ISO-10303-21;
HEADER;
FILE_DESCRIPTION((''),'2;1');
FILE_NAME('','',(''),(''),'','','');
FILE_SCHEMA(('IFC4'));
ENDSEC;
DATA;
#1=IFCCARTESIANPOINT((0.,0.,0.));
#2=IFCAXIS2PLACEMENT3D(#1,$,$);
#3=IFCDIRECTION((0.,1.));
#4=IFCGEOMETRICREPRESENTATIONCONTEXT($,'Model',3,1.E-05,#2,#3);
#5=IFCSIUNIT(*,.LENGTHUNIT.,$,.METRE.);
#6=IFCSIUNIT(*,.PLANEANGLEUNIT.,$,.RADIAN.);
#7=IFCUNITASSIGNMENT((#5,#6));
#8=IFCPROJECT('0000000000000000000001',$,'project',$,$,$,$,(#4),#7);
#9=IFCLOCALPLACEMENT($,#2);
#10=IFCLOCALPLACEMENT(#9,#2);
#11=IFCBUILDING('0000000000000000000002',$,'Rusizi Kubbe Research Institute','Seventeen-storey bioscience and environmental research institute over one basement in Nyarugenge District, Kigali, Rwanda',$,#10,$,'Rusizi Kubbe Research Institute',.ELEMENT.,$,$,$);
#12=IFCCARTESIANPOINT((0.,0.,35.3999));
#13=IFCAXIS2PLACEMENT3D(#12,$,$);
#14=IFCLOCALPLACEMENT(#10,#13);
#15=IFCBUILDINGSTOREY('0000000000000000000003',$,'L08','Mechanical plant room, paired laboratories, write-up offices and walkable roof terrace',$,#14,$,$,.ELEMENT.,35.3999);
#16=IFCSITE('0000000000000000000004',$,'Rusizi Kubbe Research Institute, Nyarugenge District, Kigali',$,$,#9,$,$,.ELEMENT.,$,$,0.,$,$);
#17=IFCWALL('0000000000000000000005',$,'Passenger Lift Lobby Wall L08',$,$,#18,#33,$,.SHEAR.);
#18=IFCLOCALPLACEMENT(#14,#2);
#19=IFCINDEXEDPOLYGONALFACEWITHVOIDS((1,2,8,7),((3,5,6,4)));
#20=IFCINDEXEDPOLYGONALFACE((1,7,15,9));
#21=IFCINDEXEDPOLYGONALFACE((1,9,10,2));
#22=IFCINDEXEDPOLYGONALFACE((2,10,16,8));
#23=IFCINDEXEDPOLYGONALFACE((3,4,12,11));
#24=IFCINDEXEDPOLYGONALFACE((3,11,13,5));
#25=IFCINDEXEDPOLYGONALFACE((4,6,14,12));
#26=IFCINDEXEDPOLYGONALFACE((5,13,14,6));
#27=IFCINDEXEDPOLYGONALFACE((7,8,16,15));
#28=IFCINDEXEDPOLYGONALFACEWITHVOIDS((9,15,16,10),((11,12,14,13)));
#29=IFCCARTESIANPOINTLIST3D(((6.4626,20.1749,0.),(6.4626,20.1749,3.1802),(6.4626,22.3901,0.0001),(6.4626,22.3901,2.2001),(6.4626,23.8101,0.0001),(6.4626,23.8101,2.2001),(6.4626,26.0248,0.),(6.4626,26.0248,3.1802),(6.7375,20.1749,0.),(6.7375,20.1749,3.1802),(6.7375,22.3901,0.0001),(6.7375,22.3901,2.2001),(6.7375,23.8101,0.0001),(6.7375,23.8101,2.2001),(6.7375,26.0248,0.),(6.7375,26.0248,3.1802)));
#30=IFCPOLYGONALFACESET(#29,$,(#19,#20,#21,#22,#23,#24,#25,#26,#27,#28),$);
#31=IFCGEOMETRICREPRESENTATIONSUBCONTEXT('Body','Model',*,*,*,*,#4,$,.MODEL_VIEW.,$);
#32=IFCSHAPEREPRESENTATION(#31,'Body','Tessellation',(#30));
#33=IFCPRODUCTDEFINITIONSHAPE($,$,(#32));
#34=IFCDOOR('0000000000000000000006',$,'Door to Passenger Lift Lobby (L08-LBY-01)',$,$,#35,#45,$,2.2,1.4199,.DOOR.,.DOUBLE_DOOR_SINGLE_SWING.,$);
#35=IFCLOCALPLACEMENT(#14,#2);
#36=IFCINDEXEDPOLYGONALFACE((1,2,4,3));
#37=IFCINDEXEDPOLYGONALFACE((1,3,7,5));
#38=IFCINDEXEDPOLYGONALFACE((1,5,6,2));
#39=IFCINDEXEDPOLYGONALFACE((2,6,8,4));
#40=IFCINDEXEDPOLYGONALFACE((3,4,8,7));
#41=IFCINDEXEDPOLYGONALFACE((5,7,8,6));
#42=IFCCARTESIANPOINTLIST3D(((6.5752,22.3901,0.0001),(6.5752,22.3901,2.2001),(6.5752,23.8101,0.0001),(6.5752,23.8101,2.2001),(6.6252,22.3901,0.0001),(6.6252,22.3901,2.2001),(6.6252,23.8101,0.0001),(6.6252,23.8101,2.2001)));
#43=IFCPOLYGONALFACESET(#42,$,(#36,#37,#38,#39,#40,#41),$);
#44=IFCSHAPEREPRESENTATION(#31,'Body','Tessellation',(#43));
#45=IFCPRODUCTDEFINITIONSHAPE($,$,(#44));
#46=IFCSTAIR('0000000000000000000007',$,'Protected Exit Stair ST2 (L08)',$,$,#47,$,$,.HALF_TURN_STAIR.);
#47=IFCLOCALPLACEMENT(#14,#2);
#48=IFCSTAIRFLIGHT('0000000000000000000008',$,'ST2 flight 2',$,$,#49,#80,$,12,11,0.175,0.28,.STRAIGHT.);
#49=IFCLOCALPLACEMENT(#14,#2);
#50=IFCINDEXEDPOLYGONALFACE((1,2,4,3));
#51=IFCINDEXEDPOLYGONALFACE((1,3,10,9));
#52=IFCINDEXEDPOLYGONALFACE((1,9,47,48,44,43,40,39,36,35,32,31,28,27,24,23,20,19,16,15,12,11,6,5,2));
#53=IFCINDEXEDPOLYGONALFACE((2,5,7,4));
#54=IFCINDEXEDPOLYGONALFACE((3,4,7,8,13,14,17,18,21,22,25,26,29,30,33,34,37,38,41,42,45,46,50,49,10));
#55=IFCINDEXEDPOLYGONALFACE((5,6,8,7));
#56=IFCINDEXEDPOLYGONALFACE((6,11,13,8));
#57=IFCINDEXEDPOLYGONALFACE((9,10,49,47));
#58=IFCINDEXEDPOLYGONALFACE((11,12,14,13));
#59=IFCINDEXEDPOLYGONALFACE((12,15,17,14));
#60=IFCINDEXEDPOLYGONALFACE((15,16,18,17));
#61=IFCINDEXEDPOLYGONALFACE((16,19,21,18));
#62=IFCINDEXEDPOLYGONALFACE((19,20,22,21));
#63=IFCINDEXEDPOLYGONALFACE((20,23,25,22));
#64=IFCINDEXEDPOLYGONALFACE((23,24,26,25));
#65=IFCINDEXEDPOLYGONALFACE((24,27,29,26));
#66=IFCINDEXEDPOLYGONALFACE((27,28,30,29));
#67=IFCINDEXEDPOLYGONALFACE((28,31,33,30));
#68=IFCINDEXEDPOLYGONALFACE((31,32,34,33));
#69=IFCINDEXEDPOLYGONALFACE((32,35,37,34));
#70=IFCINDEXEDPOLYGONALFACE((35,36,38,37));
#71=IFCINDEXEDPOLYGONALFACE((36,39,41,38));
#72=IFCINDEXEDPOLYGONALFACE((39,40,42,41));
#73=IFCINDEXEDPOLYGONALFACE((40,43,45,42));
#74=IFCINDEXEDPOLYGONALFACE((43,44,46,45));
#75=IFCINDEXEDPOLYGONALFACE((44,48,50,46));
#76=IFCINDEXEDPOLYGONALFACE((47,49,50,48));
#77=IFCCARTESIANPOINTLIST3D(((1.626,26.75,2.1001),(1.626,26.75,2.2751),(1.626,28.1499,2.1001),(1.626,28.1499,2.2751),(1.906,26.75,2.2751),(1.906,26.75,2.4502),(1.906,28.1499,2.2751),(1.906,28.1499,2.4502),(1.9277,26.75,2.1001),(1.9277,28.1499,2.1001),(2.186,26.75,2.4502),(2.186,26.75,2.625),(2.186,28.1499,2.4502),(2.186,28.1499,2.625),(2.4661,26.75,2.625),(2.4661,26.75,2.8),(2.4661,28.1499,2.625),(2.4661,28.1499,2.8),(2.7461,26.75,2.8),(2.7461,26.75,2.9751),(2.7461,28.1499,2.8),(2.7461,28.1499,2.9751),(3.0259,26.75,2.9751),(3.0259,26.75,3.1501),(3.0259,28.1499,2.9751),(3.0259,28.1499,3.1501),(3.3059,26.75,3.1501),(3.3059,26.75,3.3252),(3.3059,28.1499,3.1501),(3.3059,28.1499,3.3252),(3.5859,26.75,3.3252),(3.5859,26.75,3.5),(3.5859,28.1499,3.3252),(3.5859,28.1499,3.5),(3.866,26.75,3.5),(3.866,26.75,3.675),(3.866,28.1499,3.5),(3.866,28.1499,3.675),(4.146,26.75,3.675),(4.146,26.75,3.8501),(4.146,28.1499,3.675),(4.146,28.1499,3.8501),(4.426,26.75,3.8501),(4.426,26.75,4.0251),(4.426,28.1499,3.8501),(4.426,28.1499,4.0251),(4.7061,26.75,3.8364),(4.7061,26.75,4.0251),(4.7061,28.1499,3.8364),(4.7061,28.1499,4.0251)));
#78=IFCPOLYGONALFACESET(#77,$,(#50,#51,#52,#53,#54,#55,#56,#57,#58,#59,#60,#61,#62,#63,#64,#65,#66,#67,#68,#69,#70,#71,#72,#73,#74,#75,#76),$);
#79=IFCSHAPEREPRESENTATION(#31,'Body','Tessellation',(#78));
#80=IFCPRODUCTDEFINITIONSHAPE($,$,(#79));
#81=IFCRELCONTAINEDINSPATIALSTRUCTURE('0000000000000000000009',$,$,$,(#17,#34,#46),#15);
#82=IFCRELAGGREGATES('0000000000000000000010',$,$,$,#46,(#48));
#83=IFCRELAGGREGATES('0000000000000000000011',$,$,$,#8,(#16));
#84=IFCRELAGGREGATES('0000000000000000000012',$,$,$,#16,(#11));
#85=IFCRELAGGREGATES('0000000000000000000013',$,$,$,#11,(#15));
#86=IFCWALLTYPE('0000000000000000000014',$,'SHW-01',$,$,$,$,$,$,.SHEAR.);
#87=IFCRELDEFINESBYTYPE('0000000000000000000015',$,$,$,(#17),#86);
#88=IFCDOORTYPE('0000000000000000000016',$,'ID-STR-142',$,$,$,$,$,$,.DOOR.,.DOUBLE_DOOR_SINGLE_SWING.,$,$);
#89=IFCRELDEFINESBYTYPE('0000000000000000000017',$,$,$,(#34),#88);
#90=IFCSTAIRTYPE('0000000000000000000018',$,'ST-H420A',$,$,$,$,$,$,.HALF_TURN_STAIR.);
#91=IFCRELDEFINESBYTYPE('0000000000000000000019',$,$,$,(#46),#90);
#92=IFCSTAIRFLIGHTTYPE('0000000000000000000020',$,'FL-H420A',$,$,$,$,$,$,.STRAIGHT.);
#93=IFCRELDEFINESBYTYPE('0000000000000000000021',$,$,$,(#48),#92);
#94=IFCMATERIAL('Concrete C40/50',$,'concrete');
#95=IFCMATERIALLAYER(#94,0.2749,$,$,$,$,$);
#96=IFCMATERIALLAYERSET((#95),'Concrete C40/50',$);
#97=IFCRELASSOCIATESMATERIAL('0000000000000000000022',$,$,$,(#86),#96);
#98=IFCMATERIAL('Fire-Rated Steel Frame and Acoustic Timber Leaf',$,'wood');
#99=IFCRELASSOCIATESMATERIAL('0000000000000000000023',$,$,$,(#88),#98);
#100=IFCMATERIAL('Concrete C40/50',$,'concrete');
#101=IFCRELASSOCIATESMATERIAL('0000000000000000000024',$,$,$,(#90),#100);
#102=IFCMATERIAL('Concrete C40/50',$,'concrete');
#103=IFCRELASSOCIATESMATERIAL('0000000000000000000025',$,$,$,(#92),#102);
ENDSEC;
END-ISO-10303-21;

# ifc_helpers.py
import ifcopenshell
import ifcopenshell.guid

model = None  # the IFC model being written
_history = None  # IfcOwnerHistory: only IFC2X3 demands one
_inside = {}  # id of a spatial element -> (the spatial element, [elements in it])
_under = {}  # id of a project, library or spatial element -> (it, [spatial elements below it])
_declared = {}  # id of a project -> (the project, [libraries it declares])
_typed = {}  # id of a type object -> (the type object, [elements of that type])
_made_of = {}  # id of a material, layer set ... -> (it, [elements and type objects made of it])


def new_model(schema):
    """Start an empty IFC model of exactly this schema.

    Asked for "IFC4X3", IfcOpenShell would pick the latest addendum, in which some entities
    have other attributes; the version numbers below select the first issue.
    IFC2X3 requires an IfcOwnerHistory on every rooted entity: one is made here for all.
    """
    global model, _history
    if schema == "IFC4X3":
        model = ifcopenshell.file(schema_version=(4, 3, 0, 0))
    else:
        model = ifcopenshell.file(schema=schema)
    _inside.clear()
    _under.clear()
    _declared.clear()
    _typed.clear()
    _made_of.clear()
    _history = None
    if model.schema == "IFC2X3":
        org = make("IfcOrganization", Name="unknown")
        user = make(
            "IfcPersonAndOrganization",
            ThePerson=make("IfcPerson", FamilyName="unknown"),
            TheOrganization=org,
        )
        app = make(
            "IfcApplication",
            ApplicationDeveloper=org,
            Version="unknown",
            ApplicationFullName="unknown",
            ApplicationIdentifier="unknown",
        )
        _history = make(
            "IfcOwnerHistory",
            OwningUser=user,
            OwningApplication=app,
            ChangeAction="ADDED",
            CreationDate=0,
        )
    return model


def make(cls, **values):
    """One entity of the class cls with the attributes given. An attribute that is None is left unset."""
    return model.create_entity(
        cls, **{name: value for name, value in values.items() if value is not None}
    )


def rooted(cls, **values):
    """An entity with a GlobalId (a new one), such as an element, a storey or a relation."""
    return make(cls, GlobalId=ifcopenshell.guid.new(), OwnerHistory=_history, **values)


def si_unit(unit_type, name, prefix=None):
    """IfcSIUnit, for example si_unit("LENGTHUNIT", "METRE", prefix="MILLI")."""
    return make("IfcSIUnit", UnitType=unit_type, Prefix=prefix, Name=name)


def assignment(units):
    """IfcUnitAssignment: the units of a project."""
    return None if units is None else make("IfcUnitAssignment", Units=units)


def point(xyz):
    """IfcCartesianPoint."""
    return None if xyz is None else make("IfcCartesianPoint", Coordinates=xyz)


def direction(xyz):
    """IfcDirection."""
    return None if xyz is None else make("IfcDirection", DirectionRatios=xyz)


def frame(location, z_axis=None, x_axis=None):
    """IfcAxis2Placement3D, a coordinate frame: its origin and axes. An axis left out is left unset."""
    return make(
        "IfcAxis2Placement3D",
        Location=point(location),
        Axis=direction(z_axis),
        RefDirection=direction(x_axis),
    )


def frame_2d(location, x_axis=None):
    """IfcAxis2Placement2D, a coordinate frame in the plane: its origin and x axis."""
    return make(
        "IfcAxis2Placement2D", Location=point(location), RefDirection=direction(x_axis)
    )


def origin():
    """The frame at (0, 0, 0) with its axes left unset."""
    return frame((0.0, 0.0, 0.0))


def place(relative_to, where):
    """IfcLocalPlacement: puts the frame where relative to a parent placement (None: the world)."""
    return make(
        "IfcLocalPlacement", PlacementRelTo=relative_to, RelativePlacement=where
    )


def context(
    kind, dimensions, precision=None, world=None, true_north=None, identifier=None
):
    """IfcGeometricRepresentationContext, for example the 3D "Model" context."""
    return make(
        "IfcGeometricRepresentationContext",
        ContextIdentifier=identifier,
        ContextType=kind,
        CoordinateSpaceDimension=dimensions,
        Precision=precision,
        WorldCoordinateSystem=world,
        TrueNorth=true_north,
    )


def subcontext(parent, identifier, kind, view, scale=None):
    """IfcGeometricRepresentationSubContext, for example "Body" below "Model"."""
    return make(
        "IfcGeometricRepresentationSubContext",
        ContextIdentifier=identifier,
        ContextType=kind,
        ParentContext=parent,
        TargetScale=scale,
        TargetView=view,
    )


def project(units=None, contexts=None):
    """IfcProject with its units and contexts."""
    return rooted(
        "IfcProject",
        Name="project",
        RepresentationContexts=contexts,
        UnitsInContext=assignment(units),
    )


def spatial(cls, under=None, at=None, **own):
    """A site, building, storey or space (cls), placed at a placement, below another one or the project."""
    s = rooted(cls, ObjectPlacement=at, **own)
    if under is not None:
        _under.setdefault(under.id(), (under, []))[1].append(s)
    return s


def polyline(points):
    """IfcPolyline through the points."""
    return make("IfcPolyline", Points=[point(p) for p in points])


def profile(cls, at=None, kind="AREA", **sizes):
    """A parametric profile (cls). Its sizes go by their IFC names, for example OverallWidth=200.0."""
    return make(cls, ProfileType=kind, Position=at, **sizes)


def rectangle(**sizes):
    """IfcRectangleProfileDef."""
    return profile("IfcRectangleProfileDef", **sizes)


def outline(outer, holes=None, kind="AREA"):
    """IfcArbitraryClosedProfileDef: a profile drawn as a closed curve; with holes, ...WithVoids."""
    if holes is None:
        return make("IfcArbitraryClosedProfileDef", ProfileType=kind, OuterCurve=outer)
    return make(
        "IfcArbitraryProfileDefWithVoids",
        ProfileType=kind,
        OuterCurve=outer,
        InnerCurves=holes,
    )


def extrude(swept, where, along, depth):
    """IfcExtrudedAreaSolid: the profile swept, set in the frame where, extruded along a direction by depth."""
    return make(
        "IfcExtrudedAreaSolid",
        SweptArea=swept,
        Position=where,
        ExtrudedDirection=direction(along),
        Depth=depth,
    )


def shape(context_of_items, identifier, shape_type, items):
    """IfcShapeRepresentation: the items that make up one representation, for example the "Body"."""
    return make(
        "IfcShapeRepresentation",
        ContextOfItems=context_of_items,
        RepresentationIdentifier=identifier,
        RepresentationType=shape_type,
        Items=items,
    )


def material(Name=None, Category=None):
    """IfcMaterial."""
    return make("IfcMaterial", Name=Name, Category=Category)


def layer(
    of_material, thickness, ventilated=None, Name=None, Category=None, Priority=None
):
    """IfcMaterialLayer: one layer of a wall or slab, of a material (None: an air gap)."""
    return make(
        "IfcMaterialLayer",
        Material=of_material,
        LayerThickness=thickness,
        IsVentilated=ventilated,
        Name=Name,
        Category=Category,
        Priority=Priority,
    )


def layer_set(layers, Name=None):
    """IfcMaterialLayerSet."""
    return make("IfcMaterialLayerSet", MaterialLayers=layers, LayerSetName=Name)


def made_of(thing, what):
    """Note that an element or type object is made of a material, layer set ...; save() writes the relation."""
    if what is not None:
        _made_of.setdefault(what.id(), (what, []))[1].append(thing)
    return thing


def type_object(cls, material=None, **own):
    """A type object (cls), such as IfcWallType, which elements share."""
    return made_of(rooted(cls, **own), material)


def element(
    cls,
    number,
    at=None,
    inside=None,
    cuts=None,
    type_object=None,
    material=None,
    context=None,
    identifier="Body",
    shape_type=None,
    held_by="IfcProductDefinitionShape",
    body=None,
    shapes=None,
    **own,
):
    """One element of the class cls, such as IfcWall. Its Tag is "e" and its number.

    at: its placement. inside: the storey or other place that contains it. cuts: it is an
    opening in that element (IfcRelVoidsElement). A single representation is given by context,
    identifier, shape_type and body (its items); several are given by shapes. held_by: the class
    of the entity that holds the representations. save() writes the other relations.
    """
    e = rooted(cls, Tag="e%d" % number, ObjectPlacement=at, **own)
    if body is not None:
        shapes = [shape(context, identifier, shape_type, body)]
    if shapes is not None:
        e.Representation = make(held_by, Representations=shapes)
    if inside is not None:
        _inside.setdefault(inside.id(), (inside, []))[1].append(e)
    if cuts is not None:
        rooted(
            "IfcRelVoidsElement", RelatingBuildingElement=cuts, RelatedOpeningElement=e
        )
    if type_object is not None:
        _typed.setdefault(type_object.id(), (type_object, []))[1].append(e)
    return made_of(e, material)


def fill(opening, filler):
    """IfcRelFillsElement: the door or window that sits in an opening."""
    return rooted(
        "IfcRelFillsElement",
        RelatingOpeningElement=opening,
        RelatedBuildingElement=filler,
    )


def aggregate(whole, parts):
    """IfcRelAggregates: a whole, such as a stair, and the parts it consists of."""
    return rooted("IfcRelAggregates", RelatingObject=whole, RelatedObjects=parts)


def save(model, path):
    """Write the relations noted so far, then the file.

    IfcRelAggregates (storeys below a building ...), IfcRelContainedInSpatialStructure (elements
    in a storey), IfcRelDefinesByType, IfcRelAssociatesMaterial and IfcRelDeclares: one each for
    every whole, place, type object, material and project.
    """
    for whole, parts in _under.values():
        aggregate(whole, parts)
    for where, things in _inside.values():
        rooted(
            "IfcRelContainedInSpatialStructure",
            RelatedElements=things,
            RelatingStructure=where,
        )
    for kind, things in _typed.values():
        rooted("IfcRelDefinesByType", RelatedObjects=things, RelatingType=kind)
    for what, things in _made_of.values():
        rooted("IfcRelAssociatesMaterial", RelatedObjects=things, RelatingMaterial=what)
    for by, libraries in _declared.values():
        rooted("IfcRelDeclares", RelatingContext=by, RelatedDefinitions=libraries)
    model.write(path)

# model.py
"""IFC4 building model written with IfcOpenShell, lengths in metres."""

from ifc_helpers import new_model, si_unit, direction, frame, frame_2d, origin, place, context, subcontext, project, spatial, polyline, rectangle, outline, extrude, material, layer, layer_set, type_object, element, fill, aggregate, save


model = new_model("IFC4")

# Units and contexts
model_context = context("Model", 3, precision=1e-05, world=origin(), true_north=direction((0.0, 1.0)))
body_context = subcontext(model_context, "Body", "Model", "MODEL_VIEW")
ifc_project = project(units=[si_unit("LENGTHUNIT", "METRE"), si_unit("PLANEANGLEUNIT", "RADIAN")], contexts=[model_context])

# Site, building, storey
site_placement = place(None, origin())
site = spatial("IfcSite", under=ifc_project, at=site_placement, Name="Rusizi Kubbe Research Institute, Nyarugenge District, Kigali", CompositionType="ELEMENT", RefElevation=0.0)
building_placement = place(site_placement, origin())
building = spatial("IfcBuilding", under=site, at=building_placement, Name="Rusizi Kubbe Research Institute", Description="Seventeen-storey bioscience and environmental research institute over one basement in Nyarugenge District, Kigali, Rwanda", LongName="Rusizi Kubbe Research Institute", CompositionType="ELEMENT")
storey_placement = place(building_placement, frame((0.0, 0.0, 35.3999)))
storey = spatial("IfcBuildingStorey", under=building, at=storey_placement, Name="L08", Description="Mechanical plant room, paired laboratories, write-up offices and walkable roof terrace", CompositionType="ELEMENT", Elevation=35.3999)

# Wall, opening, door
ifc_material_1 = material(Name="Concrete C40/50", Category="concrete")
ifc_layer_1 = layer(ifc_material_1, 0.2749)
ifc_layer_set_1 = layer_set([ifc_layer_1], Name="Concrete C40/50")
wall_type_1 = type_object("IfcWallType", Name="SHW-01", PredefinedType="SHEAR", material=ifc_layer_set_1)
wall_1_placement = place(storey_placement, frame((6.6001, 20.175, 0.0), z_axis=(0.0, 0.0, 1.0), x_axis=(0.0, 1.0, 0.0)))
wall_1 = element("IfcWall", 1, at=wall_1_placement, inside=storey, type_object=wall_type_1, Name="Passenger Lift Lobby Wall L08", PredefinedType="SHEAR", context=body_context, shape_type="SweptSolid", body=[
    extrude(rectangle(XDim=5.8499, YDim=0.2749, at=frame_2d((2.9248, 0.0))), origin(), (0.0, 0.0, 1.0), 3.1802),
])
opening_1_placement = place(wall_1_placement, frame((2.2151, 0.0, 0.0)))
opening_1 = element("IfcOpeningElement", 2, at=opening_1_placement, cuts=wall_1, PredefinedType="OPENING", context=body_context, shape_type="SweptSolid", body=[
    extrude(rectangle(XDim=1.4199, YDim=2.2, at=frame_2d((0.71, 1.1001))), frame((0.0, 0.1475, 0.0), z_axis=(0.0, -1.0, 0.0), x_axis=(1.0, 0.0, 0.0)), (0.0, 0.0, 1.0), 0.2949),
])
ifc_material_2 = material(Name="Fire-Rated Steel Frame and Acoustic Timber Leaf", Category="wood")
door_type_1 = type_object("IfcDoorType", Name="ID-STR-142", OperationType="DOUBLE_DOOR_SINGLE_SWING", PredefinedType="DOOR", material=ifc_material_2)
door_1_placement = place(opening_1_placement, origin())
door_1 = element("IfcDoor", 3, at=door_1_placement, inside=storey, type_object=door_type_1, Name="Door to Passenger Lift Lobby (L08-LBY-01)", OperationType="DOUBLE_DOOR_SINGLE_SWING", OverallHeight=2.2, OverallWidth=1.4199, PredefinedType="DOOR", context=body_context, shape_type="SweptSolid", body=[
    extrude(rectangle(XDim=1.4199, YDim=2.2, at=frame_2d((0.71, 1.1001))), frame((0.0, 0.0249, 0.0), z_axis=(0.0, -1.0, 0.0), x_axis=(1.0, 0.0, 0.0)), (0.0, 0.0, 1.0), 0.05),
])
fill(opening_1, door_1)

# Stair, stair flight
ifc_material_3 = material(Name="Concrete C40/50", Category="concrete")
stair_type = type_object("IfcStairType", Name="ST-H420A", PredefinedType="HALF_TURN_STAIR", material=ifc_material_3)
stair_placement = place(storey_placement, origin())
stair = element("IfcStair", 4, at=stair_placement, inside=storey, type_object=stair_type, Name="Protected Exit Stair ST2 (L08)", PredefinedType="HALF_TURN_STAIR")
ifc_material_4 = material(Name="Concrete C40/50", Category="concrete")
stair_flight_type = type_object("IfcStairFlightType", Name="FL-H420A", PredefinedType="STRAIGHT", material=ifc_material_4)
stair_flight_placement = place(storey_placement, frame((1.626, 27.45, 2.1001), z_axis=(0.0, 0.0, 1.0), x_axis=(1.0, 0.0, 0.0)))
stair_flight = element("IfcStairFlight", 5, at=stair_flight_placement, type_object=stair_flight_type, Name="ST2 flight 2", NumberOfRisers=12, NumberOfTreads=11, PredefinedType="STRAIGHT", RiserHeight=0.175, TreadLength=0.28, context=body_context, shape_type="SweptSolid", body=[
    extrude(outline(polyline([(0.0, 0.0), (0.0, 0.175), (0.28, 0.175), (0.28, 0.3501), (0.5601, 0.3501), (0.5601, 0.5249), (0.8401, 0.5249), (0.8401, 0.7), (1.1201, 0.7), (1.1201, 0.875), (1.3999, 0.875), (1.3999, 1.05), (1.6799, 1.05), (1.6799, 1.2251), (1.96, 1.2251), (1.96, 1.3999), (2.24, 1.3999), (2.24, 1.575), (2.52, 1.575), (2.52, 1.75), (2.8, 1.75), (2.8, 1.925), (3.0801, 1.925), (3.0801, 2.1001), (3.0801, 1.7363), (0.3018, 0.0), (0.0, 0.0)])), frame((0.0, 0.7, 0.0), z_axis=(0.0, -1.0, 0.0), x_axis=(1.0, 0.0, 0.0)), (0.0, 0.0, 1.0), 1.3999),
])
aggregate(stair, [stair_flight])

save(model, "model.ifc")
